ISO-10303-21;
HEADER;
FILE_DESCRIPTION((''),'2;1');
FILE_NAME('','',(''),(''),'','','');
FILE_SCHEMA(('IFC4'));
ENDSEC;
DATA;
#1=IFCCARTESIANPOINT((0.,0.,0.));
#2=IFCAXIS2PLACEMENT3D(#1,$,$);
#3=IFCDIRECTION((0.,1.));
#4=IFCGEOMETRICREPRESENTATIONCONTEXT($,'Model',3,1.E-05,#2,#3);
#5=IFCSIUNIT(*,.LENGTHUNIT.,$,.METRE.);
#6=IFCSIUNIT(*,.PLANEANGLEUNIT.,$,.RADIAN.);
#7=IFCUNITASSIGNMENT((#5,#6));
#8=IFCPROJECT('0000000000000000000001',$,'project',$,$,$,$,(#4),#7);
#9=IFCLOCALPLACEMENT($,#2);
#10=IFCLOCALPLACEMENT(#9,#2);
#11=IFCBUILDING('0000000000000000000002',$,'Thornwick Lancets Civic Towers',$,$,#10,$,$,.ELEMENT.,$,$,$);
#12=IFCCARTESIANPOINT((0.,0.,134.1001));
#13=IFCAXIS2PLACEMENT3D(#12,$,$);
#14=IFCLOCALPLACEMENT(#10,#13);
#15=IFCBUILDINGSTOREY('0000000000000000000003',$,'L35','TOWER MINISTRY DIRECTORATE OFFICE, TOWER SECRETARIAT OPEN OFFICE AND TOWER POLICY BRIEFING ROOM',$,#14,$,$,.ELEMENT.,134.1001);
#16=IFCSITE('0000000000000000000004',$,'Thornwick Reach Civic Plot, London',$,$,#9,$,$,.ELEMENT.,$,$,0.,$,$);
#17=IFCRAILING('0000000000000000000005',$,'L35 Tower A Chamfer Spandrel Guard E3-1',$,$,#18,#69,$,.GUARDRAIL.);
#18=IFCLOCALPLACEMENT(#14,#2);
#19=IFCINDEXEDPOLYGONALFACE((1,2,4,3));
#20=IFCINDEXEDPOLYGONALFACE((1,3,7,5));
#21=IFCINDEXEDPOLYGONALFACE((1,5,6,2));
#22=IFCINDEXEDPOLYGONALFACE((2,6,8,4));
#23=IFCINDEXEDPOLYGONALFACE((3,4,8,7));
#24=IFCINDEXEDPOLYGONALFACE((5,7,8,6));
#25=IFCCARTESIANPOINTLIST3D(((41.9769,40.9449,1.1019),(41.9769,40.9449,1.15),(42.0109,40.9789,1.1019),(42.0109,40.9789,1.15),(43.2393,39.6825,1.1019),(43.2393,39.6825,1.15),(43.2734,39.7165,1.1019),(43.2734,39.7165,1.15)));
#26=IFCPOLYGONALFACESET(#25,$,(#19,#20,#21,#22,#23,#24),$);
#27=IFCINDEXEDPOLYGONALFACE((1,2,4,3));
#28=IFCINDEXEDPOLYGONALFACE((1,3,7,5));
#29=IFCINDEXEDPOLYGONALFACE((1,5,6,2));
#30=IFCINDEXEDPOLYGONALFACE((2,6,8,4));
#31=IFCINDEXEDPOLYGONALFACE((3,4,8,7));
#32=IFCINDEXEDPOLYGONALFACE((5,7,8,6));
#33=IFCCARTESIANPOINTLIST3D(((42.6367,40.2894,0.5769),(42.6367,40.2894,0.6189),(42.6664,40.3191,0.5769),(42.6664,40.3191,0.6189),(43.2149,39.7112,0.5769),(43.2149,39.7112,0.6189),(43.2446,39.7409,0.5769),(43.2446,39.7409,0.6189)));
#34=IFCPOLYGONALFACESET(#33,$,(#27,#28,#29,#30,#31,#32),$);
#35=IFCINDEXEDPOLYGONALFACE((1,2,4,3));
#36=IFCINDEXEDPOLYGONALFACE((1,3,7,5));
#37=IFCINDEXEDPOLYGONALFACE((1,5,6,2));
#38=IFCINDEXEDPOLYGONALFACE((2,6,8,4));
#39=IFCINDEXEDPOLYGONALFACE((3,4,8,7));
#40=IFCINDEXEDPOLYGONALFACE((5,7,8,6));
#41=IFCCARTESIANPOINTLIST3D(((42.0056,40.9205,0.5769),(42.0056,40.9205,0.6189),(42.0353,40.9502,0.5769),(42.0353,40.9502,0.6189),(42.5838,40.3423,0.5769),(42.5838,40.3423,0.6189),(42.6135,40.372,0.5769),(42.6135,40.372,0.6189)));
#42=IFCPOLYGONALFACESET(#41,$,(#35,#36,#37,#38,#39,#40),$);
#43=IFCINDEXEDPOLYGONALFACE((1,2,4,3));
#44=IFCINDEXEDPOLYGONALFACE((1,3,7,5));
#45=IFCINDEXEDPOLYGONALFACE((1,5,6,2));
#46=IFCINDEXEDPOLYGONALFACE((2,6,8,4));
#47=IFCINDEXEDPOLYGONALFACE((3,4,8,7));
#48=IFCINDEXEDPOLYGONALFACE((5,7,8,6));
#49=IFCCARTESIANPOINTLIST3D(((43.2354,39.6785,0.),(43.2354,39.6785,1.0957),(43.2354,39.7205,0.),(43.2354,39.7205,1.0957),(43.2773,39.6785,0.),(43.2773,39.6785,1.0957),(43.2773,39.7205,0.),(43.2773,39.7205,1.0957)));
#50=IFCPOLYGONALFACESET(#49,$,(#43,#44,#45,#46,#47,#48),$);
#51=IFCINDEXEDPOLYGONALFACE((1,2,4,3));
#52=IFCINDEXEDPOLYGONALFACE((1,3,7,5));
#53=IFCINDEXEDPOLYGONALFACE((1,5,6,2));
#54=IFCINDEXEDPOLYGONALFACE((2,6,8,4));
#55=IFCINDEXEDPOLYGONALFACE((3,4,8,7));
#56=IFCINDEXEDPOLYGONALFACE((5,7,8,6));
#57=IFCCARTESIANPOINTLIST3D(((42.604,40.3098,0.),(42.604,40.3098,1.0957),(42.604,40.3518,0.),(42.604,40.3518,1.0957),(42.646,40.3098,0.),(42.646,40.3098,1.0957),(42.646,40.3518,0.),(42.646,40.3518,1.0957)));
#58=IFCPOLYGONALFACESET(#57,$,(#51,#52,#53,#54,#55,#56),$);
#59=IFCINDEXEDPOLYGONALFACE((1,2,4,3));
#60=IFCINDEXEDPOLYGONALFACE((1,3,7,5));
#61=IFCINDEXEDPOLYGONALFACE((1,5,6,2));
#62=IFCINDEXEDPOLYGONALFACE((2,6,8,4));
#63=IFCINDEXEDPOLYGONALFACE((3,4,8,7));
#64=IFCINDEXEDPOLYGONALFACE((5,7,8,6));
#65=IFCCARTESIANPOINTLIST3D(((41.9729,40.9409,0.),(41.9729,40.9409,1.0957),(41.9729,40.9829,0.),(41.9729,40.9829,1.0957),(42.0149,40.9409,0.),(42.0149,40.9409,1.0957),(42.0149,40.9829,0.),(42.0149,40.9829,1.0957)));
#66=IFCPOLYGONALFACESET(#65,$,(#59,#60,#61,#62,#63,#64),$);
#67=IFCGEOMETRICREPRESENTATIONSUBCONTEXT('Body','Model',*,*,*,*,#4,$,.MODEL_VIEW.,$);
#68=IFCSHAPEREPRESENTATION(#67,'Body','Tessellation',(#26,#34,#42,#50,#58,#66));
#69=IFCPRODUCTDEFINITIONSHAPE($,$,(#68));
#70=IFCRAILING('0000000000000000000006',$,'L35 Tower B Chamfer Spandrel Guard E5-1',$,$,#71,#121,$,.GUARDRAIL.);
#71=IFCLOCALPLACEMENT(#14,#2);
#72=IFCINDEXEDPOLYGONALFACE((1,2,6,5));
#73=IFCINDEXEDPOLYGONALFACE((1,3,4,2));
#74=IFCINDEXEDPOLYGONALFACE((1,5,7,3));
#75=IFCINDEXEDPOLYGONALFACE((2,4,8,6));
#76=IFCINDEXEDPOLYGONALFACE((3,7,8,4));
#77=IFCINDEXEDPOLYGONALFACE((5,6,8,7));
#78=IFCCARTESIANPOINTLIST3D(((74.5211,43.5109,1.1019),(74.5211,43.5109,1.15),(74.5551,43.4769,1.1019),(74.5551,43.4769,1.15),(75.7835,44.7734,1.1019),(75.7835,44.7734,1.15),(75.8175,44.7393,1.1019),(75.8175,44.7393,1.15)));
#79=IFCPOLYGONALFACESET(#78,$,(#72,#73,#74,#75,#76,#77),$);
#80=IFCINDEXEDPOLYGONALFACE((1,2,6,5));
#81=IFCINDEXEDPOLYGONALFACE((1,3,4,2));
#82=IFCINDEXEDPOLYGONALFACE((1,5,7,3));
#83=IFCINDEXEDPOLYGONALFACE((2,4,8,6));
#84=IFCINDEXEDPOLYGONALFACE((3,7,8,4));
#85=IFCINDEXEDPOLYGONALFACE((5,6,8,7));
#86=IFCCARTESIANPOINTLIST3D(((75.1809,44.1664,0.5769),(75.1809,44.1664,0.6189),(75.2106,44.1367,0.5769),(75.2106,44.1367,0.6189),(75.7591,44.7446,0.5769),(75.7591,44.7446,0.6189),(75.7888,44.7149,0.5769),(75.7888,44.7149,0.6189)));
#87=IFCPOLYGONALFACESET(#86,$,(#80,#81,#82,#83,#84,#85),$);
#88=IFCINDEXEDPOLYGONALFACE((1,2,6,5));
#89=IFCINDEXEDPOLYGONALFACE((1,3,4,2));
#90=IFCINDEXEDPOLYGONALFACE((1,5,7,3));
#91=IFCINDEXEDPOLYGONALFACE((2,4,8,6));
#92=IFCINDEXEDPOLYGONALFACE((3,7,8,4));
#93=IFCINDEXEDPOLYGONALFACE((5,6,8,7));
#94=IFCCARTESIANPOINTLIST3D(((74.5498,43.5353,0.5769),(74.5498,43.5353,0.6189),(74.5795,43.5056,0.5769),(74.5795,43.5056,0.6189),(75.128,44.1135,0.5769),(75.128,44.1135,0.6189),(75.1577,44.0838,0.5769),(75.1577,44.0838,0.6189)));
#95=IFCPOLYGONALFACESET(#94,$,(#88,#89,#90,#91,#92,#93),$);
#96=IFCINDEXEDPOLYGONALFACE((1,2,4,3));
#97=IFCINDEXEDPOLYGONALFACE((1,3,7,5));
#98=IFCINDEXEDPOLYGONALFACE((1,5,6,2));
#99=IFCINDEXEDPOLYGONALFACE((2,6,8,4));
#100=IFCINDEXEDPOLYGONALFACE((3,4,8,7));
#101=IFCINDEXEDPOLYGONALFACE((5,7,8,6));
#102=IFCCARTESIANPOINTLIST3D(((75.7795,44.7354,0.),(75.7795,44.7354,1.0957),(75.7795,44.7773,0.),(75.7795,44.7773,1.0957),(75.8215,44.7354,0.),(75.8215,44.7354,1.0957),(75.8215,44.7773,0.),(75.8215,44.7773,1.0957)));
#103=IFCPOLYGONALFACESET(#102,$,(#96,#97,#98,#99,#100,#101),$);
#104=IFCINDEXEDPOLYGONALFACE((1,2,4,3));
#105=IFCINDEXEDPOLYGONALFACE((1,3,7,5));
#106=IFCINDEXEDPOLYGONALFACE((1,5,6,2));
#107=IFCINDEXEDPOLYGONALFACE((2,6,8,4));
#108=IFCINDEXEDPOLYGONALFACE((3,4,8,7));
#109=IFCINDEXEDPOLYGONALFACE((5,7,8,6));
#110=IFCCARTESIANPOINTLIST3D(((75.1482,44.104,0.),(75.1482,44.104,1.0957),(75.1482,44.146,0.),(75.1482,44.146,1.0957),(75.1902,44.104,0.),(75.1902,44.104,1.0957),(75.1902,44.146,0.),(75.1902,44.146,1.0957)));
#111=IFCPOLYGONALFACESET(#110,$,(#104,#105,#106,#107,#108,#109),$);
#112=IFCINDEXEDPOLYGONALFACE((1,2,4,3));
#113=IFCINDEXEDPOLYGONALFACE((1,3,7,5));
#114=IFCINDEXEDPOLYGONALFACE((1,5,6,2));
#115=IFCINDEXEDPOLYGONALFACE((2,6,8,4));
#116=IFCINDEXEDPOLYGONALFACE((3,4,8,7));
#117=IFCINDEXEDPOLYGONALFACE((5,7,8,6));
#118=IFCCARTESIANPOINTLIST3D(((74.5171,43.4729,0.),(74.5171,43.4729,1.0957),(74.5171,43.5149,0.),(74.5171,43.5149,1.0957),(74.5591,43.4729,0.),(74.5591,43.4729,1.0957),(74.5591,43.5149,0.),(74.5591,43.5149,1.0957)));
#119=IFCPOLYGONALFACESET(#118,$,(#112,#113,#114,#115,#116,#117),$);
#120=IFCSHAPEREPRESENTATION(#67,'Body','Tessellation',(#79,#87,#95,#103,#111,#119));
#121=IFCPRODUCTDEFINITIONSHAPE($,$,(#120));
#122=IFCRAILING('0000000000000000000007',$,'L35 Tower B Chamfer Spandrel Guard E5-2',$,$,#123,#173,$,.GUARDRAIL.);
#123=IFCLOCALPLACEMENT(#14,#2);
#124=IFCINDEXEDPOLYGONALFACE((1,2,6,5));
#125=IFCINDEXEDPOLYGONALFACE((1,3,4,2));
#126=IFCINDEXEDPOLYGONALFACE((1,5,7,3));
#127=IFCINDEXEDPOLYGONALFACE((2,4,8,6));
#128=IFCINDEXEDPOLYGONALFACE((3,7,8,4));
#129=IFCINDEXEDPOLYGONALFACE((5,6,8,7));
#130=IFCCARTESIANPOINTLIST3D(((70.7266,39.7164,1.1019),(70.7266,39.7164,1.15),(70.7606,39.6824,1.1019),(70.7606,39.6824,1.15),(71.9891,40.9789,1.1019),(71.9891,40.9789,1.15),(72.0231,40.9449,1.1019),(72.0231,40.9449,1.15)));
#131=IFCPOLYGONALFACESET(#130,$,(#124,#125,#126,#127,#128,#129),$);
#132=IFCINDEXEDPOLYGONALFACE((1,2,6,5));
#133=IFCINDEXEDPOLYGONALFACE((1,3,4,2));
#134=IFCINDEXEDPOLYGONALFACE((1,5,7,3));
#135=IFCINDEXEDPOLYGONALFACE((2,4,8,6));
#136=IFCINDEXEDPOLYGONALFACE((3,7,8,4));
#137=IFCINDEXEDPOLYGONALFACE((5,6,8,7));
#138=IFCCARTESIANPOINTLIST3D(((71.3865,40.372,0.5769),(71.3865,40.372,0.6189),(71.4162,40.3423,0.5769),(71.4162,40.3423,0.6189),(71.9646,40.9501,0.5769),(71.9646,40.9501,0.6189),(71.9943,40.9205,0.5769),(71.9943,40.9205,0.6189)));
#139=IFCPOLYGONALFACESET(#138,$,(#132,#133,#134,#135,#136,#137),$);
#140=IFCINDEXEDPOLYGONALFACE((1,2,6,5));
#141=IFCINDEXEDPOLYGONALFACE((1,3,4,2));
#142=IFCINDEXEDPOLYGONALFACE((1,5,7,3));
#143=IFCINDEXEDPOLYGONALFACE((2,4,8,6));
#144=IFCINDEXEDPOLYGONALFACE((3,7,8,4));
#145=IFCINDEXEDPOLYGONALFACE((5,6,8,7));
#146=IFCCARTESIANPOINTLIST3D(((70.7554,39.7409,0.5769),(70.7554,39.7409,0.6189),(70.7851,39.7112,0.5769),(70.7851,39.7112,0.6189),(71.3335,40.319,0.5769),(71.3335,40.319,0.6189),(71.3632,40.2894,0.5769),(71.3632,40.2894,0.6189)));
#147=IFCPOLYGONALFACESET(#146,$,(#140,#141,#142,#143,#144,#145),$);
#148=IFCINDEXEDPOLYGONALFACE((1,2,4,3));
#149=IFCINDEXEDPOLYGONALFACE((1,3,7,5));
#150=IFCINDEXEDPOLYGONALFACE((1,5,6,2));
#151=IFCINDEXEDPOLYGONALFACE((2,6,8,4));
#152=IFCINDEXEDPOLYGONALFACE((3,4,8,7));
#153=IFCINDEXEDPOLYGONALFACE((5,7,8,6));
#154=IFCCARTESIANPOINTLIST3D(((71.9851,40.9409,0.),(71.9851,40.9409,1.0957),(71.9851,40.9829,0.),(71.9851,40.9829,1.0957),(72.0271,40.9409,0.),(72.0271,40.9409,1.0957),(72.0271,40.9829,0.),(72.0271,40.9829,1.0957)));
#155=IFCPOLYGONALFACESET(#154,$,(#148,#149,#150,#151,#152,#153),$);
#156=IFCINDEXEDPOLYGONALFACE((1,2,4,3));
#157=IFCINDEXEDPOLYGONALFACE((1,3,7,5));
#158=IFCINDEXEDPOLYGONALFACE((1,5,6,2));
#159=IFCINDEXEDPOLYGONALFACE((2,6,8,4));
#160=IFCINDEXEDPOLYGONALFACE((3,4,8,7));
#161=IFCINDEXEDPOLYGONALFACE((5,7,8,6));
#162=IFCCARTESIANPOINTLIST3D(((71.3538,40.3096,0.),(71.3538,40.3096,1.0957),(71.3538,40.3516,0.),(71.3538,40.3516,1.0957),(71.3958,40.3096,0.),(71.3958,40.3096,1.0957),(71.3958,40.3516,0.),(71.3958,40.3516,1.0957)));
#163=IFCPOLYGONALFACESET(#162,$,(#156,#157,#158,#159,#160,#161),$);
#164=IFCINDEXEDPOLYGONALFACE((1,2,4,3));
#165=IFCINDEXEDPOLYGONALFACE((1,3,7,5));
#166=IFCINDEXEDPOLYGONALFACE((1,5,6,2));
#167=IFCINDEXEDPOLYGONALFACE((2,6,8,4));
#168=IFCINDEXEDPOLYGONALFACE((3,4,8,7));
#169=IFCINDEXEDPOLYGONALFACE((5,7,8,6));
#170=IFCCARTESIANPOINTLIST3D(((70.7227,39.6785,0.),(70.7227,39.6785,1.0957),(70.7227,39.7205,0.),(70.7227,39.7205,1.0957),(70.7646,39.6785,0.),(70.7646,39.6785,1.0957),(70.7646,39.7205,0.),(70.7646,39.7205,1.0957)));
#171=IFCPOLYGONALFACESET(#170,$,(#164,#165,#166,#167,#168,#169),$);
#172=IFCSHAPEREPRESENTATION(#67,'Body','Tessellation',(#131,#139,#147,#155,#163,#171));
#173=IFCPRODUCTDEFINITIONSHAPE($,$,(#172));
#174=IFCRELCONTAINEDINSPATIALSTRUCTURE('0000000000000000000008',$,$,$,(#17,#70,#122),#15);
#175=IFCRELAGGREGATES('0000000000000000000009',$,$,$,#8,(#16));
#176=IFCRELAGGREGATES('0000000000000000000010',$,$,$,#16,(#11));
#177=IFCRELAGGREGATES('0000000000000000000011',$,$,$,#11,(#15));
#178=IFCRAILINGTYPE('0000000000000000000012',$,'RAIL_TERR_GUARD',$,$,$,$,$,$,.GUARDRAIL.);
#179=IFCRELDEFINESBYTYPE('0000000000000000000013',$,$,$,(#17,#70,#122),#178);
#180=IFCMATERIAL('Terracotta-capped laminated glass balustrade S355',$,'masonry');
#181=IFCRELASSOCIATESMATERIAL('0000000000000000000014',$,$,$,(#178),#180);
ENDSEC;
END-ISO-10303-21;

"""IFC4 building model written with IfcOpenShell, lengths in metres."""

from ifc_helpers import new_model, si_unit, direction, frame, origin, origin_2d, place, context, subcontext, project, spatial, rectangle, extrude, material, type_object, element, save


model = new_model("IFC4")

# Units and contexts
model_context = context("Model", 3, precision=1e-05, world=origin(), true_north=direction((0.0, 1.0)))
body_context = subcontext(model_context, "Body", "Model", "MODEL_VIEW")
ifc_project = project(units=[si_unit("LENGTHUNIT", "METRE"), si_unit("PLANEANGLEUNIT", "RADIAN")], contexts=[model_context])

# Site, building, storey
site_placement = place(None, origin())
site = spatial("IfcSite", under=ifc_project, at=site_placement, Name="Thornwick Reach Civic Plot, London", CompositionType="ELEMENT", RefElevation=0.0)
building_placement = place(site_placement, origin())
building = spatial("IfcBuilding", under=site, at=building_placement, Name="Thornwick Lancets Civic Towers", CompositionType="ELEMENT")
storey_placement = place(building_placement, frame((0.0, 0.0, 134.1001)))
storey = spatial("IfcBuildingStorey", under=building, at=storey_placement, Name="L35", Description="TOWER MINISTRY DIRECTORATE OFFICE, TOWER SECRETARIAT OPEN OFFICE AND TOWER POLICY BRIEFING ROOM", CompositionType="ELEMENT", Elevation=134.1001)

# Railings
ifc_material_1 = material(Name="Terracotta-capped laminated glass balustrade S355", Category="masonry")
railing_type_1 = type_object("IfcRailingType", Name="RAIL_TERR_GUARD", PredefinedType="GUARDRAIL", material=ifc_material_1)
railing_1_placement = place(storey_placement, frame((43.2563, 39.6995, 0.0)))
element("IfcRailing", 1, at=railing_1_placement, inside=storey, type_object=railing_type_1, Name="L35 Tower A Chamfer Spandrel Guard E3-1", PredefinedType="GUARDRAIL", context=body_context, shape_type="SweptSolid", body=[
    extrude(rectangle(XDim=0.0481, YDim=0.0481, at=origin_2d()), frame((0.0, 0.0, 1.126), z_axis=(-0.707107, 0.707107, 0.0), x_axis=(-0.707107, -0.707107, 0.0)), (0.0, 0.0, 1.0), 1.7854),
    extrude(rectangle(XDim=0.042, YDim=0.042, at=origin_2d()), frame((-0.0266, 0.0266, 0.5979), z_axis=(-0.707107, 0.707107, 0.0), x_axis=(-0.707107, -0.707107, 0.0)), (0.0, 0.0, 1.0), 0.8176),
    extrude(rectangle(XDim=0.042, YDim=0.042, at=origin_2d()), frame((-0.6577, 0.6577, 0.5979), z_axis=(-0.707107, 0.707107, 0.0), x_axis=(-0.707107, -0.707107, 0.0)), (0.0, 0.0, 1.0), 0.8176),
    extrude(rectangle(XDim=0.042, YDim=0.042, at=origin_2d()), origin(), (0.0, 0.0, 1.0), 1.0957),
    extrude(rectangle(XDim=0.042, YDim=0.042, at=origin_2d()), frame((-0.6313, 0.6313, 0.0)), (0.0, 0.0, 1.0), 1.0957),
    extrude(rectangle(XDim=0.042, YDim=0.042, at=origin_2d()), frame((-1.2625, 1.2625, 0.0)), (0.0, 0.0, 1.0), 1.0957),
])
for number, where, name in (
    (2, (75.8005, 44.7563, 0.0), "L35 Tower B Chamfer Spandrel Guard E5-1"),
    (3, (72.0061, 40.9619, 0.0), "L35 Tower B Chamfer Spandrel Guard E5-2"),
):
    element("IfcRailing", number, at=place(storey_placement, frame(where)), inside=storey, type_object=railing_type_1, Name=name, PredefinedType="GUARDRAIL", context=body_context, shape_type="SweptSolid", body=[
        extrude(rectangle(XDim=0.0481, YDim=0.0481, at=origin_2d()), frame((0.0, 0.0, 1.126), z_axis=(-0.707107, -0.707107, 0.0), x_axis=(0.707107, -0.707107, 0.0)), (0.0, 0.0, 1.0), 1.7854),
        extrude(rectangle(XDim=0.042, YDim=0.042, at=origin_2d()), frame((-0.0266, -0.0266, 0.5979), z_axis=(-0.707107, -0.707107, 0.0), x_axis=(0.707107, -0.707107, 0.0)), (0.0, 0.0, 1.0), 0.8176),
        extrude(rectangle(XDim=0.042, YDim=0.042, at=origin_2d()), frame((-0.6577, -0.6577, 0.5979), z_axis=(-0.707107, -0.707107, 0.0), x_axis=(0.707107, -0.707107, 0.0)), (0.0, 0.0, 1.0), 0.8176),
        extrude(rectangle(XDim=0.042, YDim=0.042, at=origin_2d()), origin(), (0.0, 0.0, 1.0), 1.0957),
        extrude(rectangle(XDim=0.042, YDim=0.042, at=origin_2d()), frame((-0.6313, -0.6313, 0.0)), (0.0, 0.0, 1.0), 1.0957),
        extrude(rectangle(XDim=0.042, YDim=0.042, at=origin_2d()), frame((-1.2625, -1.2625, 0.0)), (0.0, 0.0, 1.0), 1.0957),
    ])

save(model, "model.ifc")
